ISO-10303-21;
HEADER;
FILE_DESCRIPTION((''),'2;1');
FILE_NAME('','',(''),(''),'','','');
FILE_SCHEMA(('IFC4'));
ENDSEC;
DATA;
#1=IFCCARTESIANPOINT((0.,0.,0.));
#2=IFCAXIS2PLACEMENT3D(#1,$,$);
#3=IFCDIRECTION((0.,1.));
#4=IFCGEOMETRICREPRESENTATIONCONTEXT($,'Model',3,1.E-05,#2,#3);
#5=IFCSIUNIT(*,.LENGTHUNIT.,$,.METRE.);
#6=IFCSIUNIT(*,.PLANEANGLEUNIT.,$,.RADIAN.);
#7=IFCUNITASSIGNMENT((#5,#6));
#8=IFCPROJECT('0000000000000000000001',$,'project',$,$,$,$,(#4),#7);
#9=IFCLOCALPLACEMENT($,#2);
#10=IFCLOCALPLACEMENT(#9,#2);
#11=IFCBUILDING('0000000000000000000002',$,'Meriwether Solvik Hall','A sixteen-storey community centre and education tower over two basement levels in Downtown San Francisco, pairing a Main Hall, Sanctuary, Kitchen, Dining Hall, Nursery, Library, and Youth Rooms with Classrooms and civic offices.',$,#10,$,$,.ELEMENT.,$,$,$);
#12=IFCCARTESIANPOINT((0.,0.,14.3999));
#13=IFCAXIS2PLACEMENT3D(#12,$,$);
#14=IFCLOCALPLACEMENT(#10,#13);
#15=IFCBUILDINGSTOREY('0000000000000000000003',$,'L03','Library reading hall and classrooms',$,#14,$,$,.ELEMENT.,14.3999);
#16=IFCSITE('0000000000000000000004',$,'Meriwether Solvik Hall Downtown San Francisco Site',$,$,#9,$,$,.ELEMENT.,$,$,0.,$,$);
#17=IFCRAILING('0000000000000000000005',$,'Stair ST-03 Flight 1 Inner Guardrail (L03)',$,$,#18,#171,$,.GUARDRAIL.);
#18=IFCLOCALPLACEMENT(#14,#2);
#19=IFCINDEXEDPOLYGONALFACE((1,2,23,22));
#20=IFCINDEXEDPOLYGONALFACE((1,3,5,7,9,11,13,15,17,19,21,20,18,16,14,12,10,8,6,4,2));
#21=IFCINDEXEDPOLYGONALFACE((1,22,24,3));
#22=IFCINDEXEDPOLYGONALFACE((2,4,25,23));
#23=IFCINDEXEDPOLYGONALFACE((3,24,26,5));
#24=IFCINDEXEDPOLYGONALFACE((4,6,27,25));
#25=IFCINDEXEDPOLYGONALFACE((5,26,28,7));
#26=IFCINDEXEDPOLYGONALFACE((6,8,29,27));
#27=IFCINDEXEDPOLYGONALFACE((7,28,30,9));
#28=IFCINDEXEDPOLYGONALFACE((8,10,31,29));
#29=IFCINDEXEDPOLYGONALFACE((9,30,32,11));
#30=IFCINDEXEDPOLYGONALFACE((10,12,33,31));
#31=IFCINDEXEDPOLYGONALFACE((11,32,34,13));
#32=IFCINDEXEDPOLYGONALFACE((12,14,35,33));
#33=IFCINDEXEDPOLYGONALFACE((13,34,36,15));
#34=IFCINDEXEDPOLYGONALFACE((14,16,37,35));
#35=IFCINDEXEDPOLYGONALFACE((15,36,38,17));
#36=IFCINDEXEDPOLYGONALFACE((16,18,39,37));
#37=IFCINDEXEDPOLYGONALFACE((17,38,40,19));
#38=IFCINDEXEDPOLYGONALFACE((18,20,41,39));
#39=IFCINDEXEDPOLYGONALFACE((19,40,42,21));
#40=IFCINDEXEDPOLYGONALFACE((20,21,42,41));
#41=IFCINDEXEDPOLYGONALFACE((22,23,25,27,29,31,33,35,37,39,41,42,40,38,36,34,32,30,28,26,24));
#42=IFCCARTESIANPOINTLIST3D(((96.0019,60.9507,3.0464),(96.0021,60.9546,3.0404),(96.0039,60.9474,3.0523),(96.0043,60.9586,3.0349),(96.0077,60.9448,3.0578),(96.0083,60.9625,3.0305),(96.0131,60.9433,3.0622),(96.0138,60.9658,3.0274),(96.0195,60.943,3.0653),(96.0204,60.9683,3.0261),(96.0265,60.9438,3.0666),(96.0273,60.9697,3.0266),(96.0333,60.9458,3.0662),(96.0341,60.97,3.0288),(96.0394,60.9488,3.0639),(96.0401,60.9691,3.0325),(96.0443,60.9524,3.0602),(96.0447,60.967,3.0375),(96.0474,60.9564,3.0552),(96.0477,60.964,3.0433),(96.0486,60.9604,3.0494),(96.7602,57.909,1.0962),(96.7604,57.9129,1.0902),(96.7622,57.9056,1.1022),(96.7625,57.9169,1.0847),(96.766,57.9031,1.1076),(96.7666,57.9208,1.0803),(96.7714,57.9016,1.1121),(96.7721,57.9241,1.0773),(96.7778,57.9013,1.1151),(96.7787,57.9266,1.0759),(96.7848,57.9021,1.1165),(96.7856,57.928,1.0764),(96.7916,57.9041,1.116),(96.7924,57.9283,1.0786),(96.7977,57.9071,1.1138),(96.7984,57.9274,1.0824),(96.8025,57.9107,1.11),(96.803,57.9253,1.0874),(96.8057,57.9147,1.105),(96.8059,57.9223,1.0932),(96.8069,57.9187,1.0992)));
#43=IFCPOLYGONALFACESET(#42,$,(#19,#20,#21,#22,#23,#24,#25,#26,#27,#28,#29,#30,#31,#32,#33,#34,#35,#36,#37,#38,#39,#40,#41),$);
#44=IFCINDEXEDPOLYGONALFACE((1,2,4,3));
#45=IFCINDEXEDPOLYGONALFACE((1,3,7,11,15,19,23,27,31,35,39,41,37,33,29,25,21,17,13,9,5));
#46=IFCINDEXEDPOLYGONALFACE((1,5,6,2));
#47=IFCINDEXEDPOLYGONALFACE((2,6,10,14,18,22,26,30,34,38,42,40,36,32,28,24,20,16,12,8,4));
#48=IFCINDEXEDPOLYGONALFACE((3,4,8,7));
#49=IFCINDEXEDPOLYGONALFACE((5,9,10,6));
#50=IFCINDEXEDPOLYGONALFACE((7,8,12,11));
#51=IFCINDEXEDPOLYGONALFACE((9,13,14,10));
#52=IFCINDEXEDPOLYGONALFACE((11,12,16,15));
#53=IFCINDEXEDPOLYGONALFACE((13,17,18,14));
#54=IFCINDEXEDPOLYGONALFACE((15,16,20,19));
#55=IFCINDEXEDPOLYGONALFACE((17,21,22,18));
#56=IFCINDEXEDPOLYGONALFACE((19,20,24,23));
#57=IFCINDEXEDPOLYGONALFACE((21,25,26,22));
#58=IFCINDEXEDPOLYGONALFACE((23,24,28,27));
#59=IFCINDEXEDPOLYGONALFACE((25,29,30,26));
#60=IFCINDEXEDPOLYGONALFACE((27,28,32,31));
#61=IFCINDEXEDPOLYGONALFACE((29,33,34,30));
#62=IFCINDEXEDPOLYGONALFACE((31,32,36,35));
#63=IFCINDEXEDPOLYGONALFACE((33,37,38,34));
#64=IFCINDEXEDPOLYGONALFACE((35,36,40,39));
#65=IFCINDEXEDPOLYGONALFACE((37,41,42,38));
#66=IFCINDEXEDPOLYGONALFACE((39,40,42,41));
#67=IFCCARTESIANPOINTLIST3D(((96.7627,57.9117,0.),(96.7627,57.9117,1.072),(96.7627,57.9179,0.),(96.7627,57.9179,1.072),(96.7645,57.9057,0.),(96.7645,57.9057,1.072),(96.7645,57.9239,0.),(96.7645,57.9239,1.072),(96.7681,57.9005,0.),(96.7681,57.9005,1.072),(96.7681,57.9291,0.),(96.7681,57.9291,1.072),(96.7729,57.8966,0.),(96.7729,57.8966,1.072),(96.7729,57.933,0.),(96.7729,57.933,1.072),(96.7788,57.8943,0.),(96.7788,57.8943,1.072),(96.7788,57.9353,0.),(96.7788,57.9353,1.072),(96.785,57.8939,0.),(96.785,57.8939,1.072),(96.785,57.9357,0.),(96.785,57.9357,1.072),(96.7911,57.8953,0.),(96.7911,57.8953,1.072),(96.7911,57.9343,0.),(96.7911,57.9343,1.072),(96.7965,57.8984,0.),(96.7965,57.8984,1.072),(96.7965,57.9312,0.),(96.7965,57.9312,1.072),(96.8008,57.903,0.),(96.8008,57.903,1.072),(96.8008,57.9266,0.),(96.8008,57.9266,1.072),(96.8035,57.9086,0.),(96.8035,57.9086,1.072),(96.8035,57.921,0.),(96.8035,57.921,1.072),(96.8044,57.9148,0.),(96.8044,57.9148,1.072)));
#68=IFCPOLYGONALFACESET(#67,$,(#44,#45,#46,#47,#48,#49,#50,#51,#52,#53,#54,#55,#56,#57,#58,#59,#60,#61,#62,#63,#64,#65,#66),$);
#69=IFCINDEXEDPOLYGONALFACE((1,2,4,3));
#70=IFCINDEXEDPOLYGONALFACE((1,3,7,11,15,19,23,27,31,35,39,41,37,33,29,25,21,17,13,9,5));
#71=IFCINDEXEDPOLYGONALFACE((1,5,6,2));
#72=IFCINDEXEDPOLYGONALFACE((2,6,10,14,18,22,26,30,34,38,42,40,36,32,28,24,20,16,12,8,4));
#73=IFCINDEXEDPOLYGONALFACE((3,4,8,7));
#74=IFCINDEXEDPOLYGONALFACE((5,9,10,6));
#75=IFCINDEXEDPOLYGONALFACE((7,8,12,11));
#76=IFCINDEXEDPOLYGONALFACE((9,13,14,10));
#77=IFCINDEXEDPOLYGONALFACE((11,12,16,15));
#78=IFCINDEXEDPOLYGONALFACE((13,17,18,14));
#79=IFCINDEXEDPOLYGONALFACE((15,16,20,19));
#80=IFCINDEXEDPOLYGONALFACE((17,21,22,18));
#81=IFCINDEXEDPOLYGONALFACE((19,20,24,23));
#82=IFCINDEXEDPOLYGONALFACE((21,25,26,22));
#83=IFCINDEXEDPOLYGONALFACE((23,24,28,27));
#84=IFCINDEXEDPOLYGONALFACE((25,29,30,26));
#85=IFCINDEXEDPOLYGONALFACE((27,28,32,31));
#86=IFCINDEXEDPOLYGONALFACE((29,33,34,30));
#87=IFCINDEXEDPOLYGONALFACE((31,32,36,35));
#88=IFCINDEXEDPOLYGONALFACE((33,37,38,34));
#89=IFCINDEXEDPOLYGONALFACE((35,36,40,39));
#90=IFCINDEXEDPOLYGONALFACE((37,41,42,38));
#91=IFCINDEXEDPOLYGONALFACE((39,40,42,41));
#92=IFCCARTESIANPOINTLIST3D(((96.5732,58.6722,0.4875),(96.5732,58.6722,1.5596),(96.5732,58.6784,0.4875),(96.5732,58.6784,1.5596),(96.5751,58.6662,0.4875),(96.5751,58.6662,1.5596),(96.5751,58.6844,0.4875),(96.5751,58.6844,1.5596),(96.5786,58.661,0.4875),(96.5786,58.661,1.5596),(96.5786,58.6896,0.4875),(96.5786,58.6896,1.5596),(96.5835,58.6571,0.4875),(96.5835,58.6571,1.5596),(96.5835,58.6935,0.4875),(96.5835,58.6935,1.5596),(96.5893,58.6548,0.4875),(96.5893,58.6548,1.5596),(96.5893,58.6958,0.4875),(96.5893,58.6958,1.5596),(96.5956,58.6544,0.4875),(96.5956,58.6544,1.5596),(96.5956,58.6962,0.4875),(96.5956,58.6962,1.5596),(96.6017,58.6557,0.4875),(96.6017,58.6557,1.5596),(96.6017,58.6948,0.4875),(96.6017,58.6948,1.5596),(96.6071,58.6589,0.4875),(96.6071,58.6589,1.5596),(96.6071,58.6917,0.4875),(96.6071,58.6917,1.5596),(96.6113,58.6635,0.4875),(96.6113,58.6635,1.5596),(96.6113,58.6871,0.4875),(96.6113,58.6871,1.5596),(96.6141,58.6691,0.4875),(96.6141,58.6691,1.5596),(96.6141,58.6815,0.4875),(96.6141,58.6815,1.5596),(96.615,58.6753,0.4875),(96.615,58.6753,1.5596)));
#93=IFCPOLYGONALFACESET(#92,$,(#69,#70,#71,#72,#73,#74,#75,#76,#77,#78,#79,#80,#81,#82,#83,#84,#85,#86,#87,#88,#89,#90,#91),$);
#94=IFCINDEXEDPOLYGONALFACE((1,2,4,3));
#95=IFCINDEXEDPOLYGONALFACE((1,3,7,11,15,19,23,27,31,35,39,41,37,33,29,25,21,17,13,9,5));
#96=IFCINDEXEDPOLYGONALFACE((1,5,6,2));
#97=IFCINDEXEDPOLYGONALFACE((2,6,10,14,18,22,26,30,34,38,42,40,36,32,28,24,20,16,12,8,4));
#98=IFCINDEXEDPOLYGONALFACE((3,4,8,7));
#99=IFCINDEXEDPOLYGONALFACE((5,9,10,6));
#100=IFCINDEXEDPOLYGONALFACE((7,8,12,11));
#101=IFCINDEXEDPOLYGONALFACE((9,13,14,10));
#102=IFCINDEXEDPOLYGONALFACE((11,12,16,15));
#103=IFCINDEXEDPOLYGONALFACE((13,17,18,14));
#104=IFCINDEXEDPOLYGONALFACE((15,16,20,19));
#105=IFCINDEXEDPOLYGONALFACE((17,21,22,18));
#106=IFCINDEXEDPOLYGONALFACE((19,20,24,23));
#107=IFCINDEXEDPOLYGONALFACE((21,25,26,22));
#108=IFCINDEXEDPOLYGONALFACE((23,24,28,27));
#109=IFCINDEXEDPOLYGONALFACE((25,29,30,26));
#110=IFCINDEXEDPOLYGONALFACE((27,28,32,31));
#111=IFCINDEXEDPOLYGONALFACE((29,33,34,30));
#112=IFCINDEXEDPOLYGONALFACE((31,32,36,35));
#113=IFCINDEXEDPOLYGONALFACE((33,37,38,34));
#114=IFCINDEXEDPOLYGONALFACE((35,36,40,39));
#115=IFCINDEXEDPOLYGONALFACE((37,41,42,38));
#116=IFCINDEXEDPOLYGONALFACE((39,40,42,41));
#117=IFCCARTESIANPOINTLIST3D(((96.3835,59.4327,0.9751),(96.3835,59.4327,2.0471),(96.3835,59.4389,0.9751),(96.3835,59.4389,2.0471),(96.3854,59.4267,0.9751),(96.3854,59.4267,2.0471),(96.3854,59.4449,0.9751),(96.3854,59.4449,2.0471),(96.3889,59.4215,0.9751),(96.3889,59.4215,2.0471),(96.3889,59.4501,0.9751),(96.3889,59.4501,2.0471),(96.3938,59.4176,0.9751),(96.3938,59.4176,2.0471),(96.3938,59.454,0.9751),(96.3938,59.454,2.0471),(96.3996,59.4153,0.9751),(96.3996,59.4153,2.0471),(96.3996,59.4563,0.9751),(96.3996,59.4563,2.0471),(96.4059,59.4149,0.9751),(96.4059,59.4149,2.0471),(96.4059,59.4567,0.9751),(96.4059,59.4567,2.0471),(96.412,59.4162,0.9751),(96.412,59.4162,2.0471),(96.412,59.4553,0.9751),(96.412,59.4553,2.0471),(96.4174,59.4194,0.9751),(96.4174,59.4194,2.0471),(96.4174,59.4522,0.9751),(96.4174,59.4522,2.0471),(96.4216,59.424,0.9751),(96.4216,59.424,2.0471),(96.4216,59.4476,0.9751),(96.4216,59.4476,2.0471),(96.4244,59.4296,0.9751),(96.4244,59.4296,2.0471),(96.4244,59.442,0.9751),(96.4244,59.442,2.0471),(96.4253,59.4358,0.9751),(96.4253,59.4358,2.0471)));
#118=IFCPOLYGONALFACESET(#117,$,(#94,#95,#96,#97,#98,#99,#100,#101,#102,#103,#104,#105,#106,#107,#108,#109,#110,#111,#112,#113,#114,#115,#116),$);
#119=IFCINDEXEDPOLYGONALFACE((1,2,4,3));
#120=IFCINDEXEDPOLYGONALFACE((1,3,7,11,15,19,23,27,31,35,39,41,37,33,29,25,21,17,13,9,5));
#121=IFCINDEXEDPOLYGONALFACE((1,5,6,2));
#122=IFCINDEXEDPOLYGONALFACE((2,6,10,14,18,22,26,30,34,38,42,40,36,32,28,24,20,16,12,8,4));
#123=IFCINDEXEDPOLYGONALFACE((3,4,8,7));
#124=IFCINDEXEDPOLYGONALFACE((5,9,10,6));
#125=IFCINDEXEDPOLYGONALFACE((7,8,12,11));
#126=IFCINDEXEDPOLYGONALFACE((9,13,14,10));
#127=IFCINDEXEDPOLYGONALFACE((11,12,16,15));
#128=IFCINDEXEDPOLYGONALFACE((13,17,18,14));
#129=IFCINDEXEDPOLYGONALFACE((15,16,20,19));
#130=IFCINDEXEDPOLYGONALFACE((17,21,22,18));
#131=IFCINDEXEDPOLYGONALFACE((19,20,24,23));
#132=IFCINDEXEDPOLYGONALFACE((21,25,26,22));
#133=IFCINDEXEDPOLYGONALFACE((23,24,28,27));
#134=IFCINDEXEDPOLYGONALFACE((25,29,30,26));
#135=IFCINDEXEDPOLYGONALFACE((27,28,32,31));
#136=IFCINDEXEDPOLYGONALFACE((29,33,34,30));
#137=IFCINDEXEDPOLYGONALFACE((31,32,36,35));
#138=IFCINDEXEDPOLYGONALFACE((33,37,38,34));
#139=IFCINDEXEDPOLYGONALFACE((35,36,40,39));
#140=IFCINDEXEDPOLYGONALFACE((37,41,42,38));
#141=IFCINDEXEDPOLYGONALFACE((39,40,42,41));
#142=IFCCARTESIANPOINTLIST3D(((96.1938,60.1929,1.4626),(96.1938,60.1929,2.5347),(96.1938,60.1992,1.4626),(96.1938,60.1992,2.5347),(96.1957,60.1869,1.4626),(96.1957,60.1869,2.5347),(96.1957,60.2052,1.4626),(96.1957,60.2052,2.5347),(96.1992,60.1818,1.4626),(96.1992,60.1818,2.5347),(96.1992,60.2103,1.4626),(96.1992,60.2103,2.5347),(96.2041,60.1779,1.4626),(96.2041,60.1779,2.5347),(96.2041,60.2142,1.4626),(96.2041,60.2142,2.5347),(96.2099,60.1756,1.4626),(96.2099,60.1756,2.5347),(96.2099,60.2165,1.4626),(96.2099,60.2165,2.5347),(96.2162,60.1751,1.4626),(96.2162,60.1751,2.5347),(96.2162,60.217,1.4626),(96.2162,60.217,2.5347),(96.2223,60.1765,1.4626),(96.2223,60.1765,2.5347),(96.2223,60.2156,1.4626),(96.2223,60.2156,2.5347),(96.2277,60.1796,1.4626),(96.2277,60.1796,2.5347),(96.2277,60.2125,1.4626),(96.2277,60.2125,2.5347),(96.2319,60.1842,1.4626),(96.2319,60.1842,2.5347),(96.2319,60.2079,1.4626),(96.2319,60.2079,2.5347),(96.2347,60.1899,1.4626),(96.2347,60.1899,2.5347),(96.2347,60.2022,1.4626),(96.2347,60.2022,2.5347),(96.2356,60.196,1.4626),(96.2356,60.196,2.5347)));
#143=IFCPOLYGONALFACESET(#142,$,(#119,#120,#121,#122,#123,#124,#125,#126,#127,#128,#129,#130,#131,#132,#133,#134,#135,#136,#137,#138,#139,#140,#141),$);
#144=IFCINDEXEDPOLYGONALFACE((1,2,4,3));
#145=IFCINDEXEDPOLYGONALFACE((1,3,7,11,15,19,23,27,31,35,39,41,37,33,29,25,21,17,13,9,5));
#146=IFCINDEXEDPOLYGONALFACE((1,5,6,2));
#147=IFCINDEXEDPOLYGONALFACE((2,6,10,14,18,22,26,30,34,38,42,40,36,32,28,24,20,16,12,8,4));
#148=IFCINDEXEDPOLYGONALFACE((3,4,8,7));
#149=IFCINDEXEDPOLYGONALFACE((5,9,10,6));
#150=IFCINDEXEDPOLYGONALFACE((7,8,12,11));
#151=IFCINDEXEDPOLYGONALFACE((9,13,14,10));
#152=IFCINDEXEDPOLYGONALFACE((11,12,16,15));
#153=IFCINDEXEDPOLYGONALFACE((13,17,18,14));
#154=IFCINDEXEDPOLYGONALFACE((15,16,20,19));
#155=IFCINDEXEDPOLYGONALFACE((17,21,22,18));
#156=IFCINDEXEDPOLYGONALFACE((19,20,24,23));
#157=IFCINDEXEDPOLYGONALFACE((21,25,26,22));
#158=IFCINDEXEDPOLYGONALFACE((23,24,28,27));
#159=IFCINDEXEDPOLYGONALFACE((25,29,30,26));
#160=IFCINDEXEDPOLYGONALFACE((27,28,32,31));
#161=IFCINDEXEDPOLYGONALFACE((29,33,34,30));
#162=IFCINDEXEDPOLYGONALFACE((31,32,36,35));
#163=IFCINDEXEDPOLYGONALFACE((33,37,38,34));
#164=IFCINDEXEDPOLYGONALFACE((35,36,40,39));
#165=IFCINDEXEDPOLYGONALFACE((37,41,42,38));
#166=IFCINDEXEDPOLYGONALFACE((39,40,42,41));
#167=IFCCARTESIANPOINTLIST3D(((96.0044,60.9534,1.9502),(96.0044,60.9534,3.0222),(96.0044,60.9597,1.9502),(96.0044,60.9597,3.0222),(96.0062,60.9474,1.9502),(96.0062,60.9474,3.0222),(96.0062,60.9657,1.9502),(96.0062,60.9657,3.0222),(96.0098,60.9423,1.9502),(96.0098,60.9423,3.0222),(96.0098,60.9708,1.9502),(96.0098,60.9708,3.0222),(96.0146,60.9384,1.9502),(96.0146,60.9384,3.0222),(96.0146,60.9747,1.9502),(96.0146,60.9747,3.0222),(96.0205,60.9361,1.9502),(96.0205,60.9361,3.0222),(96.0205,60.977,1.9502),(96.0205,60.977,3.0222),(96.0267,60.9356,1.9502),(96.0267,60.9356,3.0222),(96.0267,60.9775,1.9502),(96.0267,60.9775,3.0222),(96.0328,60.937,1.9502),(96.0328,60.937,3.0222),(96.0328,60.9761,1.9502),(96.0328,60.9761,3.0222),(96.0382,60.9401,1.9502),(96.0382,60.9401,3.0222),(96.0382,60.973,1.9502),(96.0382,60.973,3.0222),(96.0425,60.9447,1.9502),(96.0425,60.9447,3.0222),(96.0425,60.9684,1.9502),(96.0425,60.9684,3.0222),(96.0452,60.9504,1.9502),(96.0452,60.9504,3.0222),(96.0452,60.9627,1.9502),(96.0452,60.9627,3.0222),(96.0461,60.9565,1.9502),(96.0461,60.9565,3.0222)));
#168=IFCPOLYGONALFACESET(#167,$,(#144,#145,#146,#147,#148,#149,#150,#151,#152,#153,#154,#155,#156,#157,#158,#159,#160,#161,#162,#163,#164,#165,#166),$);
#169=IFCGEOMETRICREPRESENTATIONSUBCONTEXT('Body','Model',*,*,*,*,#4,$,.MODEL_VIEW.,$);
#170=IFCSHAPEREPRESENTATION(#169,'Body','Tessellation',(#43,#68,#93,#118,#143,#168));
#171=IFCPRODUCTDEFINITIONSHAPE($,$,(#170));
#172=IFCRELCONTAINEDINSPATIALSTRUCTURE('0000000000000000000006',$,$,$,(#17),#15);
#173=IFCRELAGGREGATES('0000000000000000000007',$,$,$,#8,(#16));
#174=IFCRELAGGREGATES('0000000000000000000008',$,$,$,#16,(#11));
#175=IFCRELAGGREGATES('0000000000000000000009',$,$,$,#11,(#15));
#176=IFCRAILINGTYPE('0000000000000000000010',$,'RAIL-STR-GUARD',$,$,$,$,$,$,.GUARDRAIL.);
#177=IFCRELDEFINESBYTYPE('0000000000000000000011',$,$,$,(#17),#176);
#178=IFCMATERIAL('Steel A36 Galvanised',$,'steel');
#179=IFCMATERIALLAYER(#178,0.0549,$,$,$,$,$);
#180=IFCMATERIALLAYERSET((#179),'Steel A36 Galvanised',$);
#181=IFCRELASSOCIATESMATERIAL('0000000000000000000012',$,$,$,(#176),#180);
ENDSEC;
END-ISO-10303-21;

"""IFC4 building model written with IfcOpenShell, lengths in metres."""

from ifc_helpers import new_model, si_unit, direction, frame, origin, origin_2d, place, context, subcontext, project, spatial, circle, extrude, material, layer, layer_set, type_object, element, save


model = new_model("IFC4")

# Units and contexts
model_context = context("Model", 3, precision=1e-05, world=origin(), true_north=direction((0.0, 1.0)))
body_context = subcontext(model_context, "Body", "Model", "MODEL_VIEW")
ifc_project = project(units=[si_unit("LENGTHUNIT", "METRE"), si_unit("PLANEANGLEUNIT", "RADIAN")], contexts=[model_context])

# Site, building, storey
site_placement = place(None, origin())
site = spatial("IfcSite", under=ifc_project, at=site_placement, Name="Meriwether Solvik Hall Downtown San Francisco Site", CompositionType="ELEMENT", RefElevation=0.0)
building_placement = place(site_placement, origin())
building = spatial("IfcBuilding", under=site, at=building_placement, Name="Meriwether Solvik Hall", Description="A sixteen-storey community centre and education tower over two basement levels in Downtown San Francisco, pairing a Main Hall, Sanctuary, Kitchen, Dining Hall, Nursery, Library, and Youth Rooms with Classrooms and civic offices.", CompositionType="ELEMENT")
storey_placement = place(building_placement, frame((0.0, 0.0, 14.3999)))
storey = spatial("IfcBuildingStorey", under=building, at=storey_placement, Name="L03", Description="Library reading hall and classrooms", CompositionType="ELEMENT", Elevation=14.3999)

# Railing
ifc_material_1 = material(Name="Steel A36 Galvanised", Category="steel")
ifc_layer_1 = layer(ifc_material_1, 0.0549)
ifc_layer_set_1 = layer_set([ifc_layer_1], Name="Steel A36 Galvanised")
railing_type_1 = type_object("IfcRailingType", Name="RAIL-STR-GUARD", PredefinedType="GUARDRAIL", material=ifc_layer_set_1)
railing_1_placement = place(storey_placement, frame((96.7834, 57.9148, 0.0)))
element("IfcRailing", 1, at=railing_1_placement, inside=storey, type_object=railing_type_1, Name="Stair ST-03 Flight 1 Inner Guardrail (L03)", PredefinedType="GUARDRAIL", context=body_context, shape_type="SweptSolid", body=[
    extrude(circle(Radius=0.0239, at=origin_2d()), frame((0.0, 0.0, 1.0962), z_axis=(-0.205393, 0.823886, 0.528229), x_axis=(-0.970303, -0.241894, 0.0)), (0.0, 0.0, 1.0), 3.6919),
    extrude(circle(Radius=0.021, at=origin_2d()), origin(), (0.0, 0.0, 1.0), 1.072),
    extrude(circle(Radius=0.021, at=origin_2d()), frame((-0.1895, 0.7605, 0.4875)), (0.0, 0.0, 1.0), 1.072),
    extrude(circle(Radius=0.021, at=origin_2d()), frame((-0.3792, 1.521, 0.9751)), (0.0, 0.0, 1.0), 1.072),
    extrude(circle(Radius=0.021, at=origin_2d()), frame((-0.5688, 2.2812, 1.4626)), (0.0, 0.0, 1.0), 1.072),
    extrude(circle(Radius=0.021, at=origin_2d()), frame((-0.7583, 3.0417, 1.9502)), (0.0, 0.0, 1.0), 1.072),
])

save(model, "model.ifc")
